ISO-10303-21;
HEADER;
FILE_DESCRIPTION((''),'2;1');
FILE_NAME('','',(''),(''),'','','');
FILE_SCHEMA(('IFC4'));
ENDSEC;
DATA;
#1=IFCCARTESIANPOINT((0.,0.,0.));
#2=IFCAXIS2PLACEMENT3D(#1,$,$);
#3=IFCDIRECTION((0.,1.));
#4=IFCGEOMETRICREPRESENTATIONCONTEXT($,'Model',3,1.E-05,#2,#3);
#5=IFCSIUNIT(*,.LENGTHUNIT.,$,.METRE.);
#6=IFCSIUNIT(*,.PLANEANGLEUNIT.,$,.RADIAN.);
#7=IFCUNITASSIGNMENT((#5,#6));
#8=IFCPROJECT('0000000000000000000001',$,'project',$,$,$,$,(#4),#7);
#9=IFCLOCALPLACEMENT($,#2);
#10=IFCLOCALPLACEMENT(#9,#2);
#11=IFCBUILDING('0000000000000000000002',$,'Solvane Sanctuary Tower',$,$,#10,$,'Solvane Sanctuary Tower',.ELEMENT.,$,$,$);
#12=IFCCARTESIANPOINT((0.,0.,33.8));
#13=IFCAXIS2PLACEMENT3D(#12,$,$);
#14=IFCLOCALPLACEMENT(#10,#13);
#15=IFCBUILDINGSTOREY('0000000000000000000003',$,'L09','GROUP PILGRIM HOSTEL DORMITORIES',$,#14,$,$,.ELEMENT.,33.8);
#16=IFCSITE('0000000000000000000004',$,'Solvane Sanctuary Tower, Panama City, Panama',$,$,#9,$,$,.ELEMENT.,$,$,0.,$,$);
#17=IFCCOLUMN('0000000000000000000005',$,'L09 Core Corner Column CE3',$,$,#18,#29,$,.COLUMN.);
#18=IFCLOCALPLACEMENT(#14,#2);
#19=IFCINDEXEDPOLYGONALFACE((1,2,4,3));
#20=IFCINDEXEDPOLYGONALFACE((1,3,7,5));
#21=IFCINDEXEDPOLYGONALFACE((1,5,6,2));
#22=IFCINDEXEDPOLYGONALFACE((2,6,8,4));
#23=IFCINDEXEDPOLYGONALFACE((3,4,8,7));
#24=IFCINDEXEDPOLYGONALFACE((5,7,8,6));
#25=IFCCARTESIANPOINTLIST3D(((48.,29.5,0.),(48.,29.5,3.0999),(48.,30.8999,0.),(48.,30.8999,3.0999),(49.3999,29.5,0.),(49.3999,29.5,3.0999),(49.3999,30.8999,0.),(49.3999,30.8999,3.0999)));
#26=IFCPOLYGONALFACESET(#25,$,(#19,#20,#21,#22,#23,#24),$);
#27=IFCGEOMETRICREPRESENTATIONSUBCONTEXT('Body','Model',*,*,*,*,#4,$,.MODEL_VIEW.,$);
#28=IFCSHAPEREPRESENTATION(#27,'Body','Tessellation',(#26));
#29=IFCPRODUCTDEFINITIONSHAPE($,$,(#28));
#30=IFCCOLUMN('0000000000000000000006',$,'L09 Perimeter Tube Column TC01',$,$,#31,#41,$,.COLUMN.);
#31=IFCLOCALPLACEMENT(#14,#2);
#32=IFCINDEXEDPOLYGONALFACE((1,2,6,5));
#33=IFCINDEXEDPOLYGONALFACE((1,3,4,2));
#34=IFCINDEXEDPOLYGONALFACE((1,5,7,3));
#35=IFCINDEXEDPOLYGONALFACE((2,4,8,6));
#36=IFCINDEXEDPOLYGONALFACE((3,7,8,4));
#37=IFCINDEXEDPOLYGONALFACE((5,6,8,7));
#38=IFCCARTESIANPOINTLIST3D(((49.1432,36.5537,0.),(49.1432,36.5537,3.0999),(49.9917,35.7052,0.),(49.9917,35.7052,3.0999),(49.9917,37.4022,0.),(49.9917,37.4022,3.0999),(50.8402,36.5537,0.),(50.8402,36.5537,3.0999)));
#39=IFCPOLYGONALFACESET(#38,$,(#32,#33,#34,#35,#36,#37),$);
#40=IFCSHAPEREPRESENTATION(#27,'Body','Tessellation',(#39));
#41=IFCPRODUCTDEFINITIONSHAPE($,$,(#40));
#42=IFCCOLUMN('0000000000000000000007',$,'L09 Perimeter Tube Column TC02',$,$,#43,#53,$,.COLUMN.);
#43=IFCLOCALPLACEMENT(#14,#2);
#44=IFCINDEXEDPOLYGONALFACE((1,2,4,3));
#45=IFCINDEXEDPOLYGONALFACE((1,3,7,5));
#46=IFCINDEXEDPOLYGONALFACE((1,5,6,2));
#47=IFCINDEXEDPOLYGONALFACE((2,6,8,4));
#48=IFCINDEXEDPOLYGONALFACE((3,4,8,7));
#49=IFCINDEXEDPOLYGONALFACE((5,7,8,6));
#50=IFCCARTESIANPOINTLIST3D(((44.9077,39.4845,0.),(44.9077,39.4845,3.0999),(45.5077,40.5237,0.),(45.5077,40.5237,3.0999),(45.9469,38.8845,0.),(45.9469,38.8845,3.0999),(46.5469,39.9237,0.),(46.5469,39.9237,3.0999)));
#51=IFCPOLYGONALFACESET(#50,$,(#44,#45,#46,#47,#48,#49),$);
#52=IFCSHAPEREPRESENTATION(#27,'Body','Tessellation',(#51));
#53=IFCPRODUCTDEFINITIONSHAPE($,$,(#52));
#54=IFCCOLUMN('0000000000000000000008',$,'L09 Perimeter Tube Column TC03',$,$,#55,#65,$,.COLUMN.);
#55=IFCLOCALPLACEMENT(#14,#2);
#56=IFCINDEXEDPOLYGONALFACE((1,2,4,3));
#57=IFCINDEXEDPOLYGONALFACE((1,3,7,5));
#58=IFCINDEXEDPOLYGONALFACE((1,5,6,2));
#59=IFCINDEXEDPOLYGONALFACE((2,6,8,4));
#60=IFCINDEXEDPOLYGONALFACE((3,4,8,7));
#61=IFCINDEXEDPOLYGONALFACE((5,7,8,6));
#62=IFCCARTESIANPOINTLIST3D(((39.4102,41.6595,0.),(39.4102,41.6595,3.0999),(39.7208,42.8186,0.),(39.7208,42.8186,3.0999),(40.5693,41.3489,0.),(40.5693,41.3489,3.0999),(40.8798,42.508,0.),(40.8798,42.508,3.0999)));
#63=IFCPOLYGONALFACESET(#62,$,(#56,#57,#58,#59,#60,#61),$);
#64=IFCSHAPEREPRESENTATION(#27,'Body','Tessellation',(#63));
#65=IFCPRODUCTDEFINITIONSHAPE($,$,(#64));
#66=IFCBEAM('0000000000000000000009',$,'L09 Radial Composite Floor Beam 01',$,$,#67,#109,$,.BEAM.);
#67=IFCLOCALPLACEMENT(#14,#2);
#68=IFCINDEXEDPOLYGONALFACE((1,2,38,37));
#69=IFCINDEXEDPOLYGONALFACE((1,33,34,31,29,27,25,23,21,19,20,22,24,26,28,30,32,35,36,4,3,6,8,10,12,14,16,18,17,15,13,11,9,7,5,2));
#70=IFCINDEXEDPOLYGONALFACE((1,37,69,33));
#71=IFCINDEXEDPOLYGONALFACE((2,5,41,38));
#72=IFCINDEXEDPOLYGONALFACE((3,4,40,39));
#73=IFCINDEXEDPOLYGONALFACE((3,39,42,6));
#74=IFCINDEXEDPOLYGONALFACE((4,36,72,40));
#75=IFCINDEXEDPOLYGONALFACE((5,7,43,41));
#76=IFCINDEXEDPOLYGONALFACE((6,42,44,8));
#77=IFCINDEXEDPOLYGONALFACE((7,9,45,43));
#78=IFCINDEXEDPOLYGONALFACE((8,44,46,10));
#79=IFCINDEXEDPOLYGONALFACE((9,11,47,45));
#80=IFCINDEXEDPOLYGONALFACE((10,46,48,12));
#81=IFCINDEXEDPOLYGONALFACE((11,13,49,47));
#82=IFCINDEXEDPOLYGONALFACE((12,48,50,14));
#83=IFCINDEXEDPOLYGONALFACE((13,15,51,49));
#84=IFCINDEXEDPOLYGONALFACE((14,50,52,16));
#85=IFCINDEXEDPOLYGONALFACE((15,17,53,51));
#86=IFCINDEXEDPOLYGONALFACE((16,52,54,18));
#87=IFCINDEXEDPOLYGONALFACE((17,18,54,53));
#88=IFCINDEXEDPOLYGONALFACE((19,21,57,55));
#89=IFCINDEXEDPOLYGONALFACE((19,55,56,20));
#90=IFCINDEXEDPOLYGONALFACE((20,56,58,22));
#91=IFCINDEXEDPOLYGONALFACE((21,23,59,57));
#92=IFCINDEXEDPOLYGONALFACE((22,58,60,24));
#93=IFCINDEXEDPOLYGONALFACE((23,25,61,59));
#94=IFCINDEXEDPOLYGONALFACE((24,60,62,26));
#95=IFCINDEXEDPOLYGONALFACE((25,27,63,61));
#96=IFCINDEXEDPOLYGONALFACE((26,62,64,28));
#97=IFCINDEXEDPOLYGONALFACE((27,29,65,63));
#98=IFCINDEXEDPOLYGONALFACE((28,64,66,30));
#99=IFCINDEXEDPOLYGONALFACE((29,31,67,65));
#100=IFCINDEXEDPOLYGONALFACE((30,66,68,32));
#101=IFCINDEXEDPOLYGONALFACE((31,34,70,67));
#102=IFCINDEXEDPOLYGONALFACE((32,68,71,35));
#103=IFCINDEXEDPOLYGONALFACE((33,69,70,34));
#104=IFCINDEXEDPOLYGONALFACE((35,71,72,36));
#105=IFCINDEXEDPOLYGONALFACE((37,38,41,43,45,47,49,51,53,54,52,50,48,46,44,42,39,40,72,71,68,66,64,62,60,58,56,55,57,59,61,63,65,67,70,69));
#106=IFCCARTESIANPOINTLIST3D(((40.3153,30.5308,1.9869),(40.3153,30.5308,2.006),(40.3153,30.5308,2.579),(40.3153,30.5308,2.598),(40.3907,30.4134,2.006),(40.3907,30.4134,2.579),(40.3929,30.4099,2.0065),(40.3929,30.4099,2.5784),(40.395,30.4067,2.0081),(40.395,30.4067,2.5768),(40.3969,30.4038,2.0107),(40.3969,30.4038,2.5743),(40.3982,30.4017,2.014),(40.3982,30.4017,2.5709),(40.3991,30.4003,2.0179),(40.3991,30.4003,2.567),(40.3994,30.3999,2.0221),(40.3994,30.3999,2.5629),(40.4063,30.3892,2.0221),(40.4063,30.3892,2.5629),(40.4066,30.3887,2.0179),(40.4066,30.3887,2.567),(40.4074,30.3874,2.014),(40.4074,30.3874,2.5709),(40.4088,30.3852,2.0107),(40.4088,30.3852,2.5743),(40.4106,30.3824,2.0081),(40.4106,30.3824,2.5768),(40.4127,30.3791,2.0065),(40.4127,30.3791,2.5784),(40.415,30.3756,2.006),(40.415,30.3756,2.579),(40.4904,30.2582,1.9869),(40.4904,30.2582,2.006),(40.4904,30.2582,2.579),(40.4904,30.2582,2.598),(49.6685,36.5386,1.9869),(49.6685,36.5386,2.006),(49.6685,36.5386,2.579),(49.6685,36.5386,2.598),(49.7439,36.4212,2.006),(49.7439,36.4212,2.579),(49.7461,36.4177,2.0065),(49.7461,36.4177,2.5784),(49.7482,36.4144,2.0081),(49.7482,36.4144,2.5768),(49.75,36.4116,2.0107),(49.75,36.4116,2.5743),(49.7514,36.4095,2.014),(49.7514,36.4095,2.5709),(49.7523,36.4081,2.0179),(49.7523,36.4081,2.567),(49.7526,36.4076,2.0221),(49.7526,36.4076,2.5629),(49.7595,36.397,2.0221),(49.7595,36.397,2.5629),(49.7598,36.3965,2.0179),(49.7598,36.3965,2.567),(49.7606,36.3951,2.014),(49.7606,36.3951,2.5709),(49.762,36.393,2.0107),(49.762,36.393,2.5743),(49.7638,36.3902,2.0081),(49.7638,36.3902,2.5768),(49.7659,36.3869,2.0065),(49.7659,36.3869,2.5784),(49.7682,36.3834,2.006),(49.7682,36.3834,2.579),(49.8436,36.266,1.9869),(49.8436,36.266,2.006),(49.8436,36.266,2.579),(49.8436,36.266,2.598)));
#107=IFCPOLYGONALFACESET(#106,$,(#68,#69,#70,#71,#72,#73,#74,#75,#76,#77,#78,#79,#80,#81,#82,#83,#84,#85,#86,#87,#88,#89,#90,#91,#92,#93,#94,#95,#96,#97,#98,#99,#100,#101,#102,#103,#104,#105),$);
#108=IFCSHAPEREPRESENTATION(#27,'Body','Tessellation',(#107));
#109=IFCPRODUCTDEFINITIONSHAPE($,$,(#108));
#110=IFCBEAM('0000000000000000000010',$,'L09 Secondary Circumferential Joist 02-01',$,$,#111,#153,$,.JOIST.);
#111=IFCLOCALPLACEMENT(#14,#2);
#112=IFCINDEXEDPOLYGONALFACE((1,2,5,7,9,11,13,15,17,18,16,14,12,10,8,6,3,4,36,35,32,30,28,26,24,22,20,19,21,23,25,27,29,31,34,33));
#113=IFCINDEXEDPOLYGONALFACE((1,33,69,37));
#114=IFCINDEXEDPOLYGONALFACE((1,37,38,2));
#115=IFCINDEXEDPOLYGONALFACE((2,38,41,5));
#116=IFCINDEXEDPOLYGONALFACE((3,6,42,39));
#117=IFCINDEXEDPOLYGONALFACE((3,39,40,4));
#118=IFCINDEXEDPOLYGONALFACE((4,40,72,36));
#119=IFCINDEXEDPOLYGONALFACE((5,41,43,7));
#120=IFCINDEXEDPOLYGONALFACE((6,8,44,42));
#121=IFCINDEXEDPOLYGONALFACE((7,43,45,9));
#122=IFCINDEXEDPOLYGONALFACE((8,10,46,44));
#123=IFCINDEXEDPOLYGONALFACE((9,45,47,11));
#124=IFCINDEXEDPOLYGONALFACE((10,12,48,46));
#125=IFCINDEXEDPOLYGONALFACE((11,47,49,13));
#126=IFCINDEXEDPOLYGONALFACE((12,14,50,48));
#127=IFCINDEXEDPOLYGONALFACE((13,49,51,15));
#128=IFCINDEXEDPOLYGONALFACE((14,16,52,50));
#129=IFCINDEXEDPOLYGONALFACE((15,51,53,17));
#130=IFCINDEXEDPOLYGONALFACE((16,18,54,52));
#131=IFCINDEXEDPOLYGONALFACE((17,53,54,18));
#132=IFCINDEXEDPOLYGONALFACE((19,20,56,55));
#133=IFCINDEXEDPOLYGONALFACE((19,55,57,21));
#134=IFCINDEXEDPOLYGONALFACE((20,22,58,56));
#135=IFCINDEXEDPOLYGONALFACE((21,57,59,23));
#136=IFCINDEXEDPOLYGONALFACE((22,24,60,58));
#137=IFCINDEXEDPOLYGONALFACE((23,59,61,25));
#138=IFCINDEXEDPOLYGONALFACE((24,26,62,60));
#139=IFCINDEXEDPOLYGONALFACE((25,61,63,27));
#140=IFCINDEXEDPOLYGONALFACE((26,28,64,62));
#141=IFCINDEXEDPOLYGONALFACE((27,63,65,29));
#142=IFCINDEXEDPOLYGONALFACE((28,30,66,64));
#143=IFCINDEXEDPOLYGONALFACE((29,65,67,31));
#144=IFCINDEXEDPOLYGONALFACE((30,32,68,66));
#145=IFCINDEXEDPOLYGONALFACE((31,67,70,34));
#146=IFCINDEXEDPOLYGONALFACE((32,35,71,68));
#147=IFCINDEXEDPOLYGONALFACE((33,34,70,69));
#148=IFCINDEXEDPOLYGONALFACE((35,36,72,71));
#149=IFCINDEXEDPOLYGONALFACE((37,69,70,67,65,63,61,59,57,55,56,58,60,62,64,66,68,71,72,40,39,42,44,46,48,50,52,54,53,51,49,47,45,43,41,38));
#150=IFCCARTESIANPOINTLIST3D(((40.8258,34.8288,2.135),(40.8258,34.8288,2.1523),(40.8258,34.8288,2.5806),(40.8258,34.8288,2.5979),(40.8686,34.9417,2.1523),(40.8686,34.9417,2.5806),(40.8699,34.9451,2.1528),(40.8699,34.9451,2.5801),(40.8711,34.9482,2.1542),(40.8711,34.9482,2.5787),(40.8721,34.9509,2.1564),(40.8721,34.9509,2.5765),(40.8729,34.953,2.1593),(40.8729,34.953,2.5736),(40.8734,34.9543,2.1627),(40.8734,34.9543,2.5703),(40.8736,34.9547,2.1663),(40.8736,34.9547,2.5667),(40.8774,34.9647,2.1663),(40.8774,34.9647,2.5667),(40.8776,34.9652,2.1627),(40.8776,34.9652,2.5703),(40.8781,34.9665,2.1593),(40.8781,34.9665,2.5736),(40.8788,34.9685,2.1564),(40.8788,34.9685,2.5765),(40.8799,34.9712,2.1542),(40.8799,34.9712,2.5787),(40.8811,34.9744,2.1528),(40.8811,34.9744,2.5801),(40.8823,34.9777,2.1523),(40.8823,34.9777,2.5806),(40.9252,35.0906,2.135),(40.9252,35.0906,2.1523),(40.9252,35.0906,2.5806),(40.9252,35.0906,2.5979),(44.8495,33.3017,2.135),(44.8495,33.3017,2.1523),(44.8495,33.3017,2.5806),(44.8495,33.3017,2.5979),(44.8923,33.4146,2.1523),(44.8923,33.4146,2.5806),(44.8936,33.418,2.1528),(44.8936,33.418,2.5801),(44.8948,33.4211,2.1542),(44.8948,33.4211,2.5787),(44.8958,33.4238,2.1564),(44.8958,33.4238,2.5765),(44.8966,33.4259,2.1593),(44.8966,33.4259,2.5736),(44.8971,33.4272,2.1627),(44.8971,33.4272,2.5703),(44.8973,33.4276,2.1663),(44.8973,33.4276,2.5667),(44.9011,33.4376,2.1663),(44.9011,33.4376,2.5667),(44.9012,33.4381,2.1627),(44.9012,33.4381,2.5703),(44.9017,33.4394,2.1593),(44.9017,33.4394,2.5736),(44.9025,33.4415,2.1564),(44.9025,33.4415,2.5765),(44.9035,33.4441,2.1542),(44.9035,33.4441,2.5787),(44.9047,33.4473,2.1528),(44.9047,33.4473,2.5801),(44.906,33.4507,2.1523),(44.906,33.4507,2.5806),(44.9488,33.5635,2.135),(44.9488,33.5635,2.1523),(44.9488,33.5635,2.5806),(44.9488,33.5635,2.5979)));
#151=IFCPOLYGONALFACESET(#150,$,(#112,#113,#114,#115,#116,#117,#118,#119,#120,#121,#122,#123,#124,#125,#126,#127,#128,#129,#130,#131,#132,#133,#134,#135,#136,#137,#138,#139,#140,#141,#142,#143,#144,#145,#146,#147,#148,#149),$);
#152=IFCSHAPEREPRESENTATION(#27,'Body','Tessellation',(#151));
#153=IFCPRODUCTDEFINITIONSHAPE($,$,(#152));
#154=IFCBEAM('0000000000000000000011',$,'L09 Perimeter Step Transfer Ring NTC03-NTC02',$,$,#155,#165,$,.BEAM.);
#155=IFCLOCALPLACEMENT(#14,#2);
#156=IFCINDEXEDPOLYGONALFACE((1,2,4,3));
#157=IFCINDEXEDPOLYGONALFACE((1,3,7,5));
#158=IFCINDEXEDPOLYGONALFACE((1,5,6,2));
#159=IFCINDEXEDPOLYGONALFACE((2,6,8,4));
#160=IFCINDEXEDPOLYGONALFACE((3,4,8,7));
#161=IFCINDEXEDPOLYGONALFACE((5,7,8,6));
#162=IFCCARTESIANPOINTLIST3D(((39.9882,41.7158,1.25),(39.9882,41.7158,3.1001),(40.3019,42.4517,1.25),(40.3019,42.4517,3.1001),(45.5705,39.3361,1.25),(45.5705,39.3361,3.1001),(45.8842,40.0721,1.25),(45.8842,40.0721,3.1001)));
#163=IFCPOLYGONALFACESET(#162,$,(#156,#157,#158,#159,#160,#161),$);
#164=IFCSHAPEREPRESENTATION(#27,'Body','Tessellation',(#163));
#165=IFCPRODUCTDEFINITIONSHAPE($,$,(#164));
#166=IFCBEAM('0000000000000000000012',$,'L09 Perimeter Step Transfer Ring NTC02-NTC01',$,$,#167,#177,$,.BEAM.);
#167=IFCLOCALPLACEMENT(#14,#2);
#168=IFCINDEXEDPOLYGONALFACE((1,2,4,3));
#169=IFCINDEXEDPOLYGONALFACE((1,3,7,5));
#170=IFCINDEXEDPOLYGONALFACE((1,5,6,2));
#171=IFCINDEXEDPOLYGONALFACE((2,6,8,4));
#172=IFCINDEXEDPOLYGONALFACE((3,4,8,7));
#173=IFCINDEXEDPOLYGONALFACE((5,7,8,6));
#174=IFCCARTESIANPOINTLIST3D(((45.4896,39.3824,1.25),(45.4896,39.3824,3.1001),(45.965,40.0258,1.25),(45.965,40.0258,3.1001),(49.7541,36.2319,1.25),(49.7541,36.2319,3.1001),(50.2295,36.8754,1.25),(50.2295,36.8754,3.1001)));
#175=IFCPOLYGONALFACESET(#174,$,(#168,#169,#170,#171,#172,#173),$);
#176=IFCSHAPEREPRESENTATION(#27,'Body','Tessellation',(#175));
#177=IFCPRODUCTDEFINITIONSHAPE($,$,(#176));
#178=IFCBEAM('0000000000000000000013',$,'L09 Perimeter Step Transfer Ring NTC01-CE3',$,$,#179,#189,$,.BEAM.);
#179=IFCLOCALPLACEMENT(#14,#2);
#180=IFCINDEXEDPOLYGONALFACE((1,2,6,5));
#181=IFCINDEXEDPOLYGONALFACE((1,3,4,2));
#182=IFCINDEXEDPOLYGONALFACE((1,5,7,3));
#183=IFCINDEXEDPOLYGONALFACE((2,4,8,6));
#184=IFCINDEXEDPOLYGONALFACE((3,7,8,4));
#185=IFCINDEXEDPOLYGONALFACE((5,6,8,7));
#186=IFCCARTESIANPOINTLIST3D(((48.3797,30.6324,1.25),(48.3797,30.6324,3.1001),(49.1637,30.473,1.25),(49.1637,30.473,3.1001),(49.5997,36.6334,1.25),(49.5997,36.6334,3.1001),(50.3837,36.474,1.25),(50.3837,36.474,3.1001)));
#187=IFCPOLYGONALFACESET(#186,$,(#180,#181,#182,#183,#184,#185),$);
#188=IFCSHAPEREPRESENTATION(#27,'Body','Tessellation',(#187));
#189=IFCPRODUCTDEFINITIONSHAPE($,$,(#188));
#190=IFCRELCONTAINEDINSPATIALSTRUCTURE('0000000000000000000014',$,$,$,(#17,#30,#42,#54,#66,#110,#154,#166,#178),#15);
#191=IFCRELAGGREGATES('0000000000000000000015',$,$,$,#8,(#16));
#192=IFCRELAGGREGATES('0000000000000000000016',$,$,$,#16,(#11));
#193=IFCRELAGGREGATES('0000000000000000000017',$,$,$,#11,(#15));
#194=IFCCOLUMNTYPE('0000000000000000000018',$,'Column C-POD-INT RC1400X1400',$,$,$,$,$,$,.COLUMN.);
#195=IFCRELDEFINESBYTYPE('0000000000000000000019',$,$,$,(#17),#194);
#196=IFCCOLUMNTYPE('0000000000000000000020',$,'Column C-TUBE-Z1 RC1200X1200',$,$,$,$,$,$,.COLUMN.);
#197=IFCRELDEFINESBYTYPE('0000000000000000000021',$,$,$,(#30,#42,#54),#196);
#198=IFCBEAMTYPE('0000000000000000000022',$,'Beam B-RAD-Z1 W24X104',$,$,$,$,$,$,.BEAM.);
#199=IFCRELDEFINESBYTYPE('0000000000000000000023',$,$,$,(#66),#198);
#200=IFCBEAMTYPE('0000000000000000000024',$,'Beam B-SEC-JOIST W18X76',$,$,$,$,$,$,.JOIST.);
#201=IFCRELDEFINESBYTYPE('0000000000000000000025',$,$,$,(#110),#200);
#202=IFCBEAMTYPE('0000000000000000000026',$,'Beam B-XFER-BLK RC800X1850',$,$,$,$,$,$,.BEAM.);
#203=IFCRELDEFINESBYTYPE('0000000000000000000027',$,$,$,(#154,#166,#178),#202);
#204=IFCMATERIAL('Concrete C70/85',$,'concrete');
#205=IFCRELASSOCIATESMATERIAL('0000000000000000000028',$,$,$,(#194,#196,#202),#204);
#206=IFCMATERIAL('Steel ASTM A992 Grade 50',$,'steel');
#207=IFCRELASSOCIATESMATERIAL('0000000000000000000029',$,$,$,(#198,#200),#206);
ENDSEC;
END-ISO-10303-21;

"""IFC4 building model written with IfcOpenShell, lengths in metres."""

from ifc_helpers import new_model, si_unit, direction, frame, origin, origin_2d, place, context, subcontext, project, spatial, rectangle, i_section, extrude, material, material_profile, profile_set, type_object, element, save


model = new_model("IFC4")

# Units and contexts
model_context = context("Model", 3, precision=1e-05, world=origin(), true_north=direction((0.0, 1.0)))
body_context = subcontext(model_context, "Body", "Model", "MODEL_VIEW")
ifc_project = project(units=[si_unit("LENGTHUNIT", "METRE"), si_unit("PLANEANGLEUNIT", "RADIAN")], contexts=[model_context])

# Site, building, storey
site_placement = place(None, origin())
site = spatial("IfcSite", under=ifc_project, at=site_placement, Name="Solvane Sanctuary Tower, Panama City, Panama", CompositionType="ELEMENT", RefElevation=0.0)
building_placement = place(site_placement, origin())
building = spatial("IfcBuilding", under=site, at=building_placement, Name="Solvane Sanctuary Tower", LongName="Solvane Sanctuary Tower", CompositionType="ELEMENT")
storey_placement = place(building_placement, frame((0.0, 0.0, 33.8)))
storey = spatial("IfcBuildingStorey", under=building, at=storey_placement, Name="L09", Description="GROUP PILGRIM HOSTEL DORMITORIES", CompositionType="ELEMENT", Elevation=33.8)

# Columns
ifc_material_1 = material(Name="Concrete C70/85", Category="concrete")
ifc_material_profile_1 = material_profile(ifc_material_1, rectangle(XDim=1.3999, YDim=1.3999, at=origin_2d()), Name="RC1400X1400")
ifc_profile_set_1 = profile_set([ifc_material_profile_1], Name="Concrete C70/85")
column_type_1 = type_object("IfcColumnType", Name="Column C-POD-INT RC1400X1400", PredefinedType="COLUMN", material=ifc_profile_set_1)
column_placement = place(storey_placement, frame((48.7, 30.2, 0.0), z_axis=(0.0, 0.0, 1.0), x_axis=(1.0, 0.0, 0.0)))
element("IfcColumn", 1, at=column_placement, inside=storey, type_object=column_type_1, Name="L09 Core Corner Column CE3", PredefinedType="COLUMN", context=body_context, shape_type="SweptSolid", body=[
    extrude(rectangle(XDim=1.3999, YDim=1.3999, at=origin_2d()), origin(), (0.0, 0.0, 1.0), 3.0999),
])
ifc_material_profile_2 = material_profile(ifc_material_1, rectangle(XDim=1.2, YDim=1.2, at=origin_2d()), Name="RC1200X1200")
ifc_profile_set_2 = profile_set([ifc_material_profile_2], Name="Concrete C70/85")
column_type_2 = type_object("IfcColumnType", Name="Column C-TUBE-Z1 RC1200X1200", PredefinedType="COLUMN", material=ifc_profile_set_2)
for number, where, z_axis, x_axis, name in (
    (2, (49.9917, 36.5537, 0.0), (0.0, 0.0, 1.0), (0.707107, 0.707107, 0.0), "L09 Perimeter Tube Column TC01"),
    (3, (45.7273, 39.7041, 0.0), (0.0, 0.0, 1.0), (0.5, 0.866025, 0.0), "L09 Perimeter Tube Column TC02"),
    (4, (40.145, 42.0837, 0.0), (0.0, 0.0, 1.0), (0.258819, 0.965926, 0.0), "L09 Perimeter Tube Column TC03"),
):
    element("IfcColumn", number, at=place(storey_placement, frame(where, z_axis=z_axis, x_axis=x_axis)), inside=storey, type_object=column_type_2, Name=name, PredefinedType="COLUMN", context=body_context, shape_type="SweptSolid", body=[
        extrude(rectangle(XDim=1.2, YDim=1.2, at=origin_2d()), origin(), (0.0, 0.0, 1.0), 3.0999),
    ])

# Beams
ifc_material_2 = material(Name="Steel ASTM A992 Grade 50", Category="steel")
ifc_material_profile_3 = material_profile(ifc_material_2, i_section(OverallWidth=0.324, OverallDepth=0.6111, WebThickness=0.0127, FlangeThickness=0.019, FilletRadius=0.0161, at=origin_2d()), Name="W24X104")
ifc_profile_set_3 = profile_set([ifc_material_profile_3], Name="Steel ASTM A992 Grade 50")
beam_type_1 = type_object("IfcBeamType", Name="Beam B-RAD-Z1 W24X104", PredefinedType="BEAM", material=ifc_profile_set_3)
beam_1_placement = place(storey_placement, frame((40.4028, 30.3945, 2.2925), z_axis=(0.841383, 0.540439, 0.0), x_axis=(-0.540439, 0.841383, 0.0)))
element("IfcBeam", 5, at=beam_1_placement, inside=storey, type_object=beam_type_1, Name="L09 Radial Composite Floor Beam 01", PredefinedType="BEAM", context=body_context, shape_type="SweptSolid", body=[
    extrude(i_section(OverallWidth=0.324, OverallDepth=0.6111, WebThickness=0.0127, FlangeThickness=0.019, FilletRadius=0.0161, at=origin_2d()), origin(), (0.0, 0.0, 1.0), 11.1165),
])
ifc_material_profile_4 = material_profile(ifc_material_2, i_section(OverallWidth=0.28, OverallDepth=0.4629, WebThickness=0.0107, FlangeThickness=0.0173, FilletRadius=0.0139, at=origin_2d()), Name="W18X76")
ifc_profile_set_4 = profile_set([ifc_material_profile_4], Name="Steel ASTM A992 Grade 50")
beam_type_2 = type_object("IfcBeamType", Name="Beam B-SEC-JOIST W18X76", PredefinedType="JOIST", material=ifc_profile_set_4)
beam_2_placement = place(storey_placement, frame((40.8755, 34.9597, 2.3665), z_axis=(0.93493, -0.354832, 0.0), x_axis=(0.354832, 0.93493, 0.0)))
element("IfcBeam", 6, at=beam_2_placement, inside=storey, type_object=beam_type_2, Name="L09 Secondary Circumferential Joist 02-01", PredefinedType="JOIST", context=body_context, shape_type="SweptSolid", body=[
    extrude(i_section(OverallWidth=0.28, OverallDepth=0.4629, WebThickness=0.0107, FlangeThickness=0.0173, FilletRadius=0.0139, at=origin_2d()), origin(), (0.0, 0.0, 1.0), 4.3037),
])
ifc_material_profile_5 = material_profile(ifc_material_1, rectangle(XDim=0.8, YDim=1.8501, at=origin_2d()), Name="RC800X1850")
ifc_profile_set_5 = profile_set([ifc_material_profile_5], Name="Concrete C70/85")
beam_type_3 = type_object("IfcBeamType", Name="Beam B-XFER-BLK RC800X1850", PredefinedType="BEAM", material=ifc_profile_set_5)
beam_3_placement = place(storey_placement, frame((40.145, 42.0837, 2.175), z_axis=(0.919905, -0.392141, 0.0), x_axis=(0.392141, 0.919905, 0.0)))
element("IfcBeam", 7, at=beam_3_placement, inside=storey, type_object=beam_type_3, Name="L09 Perimeter Step Transfer Ring NTC03-NTC02", PredefinedType="BEAM", context=body_context, shape_type="SweptSolid", body=[
    extrude(rectangle(XDim=0.8, YDim=1.8501, at=origin_2d()), origin(), (0.0, 0.0, 1.0), 6.0684),
])
beam_4_placement = place(storey_placement, frame((45.7273, 39.7041, 2.175), z_axis=(0.804317, -0.594201, 0.0), x_axis=(0.594201, 0.804317, 0.0)))
element("IfcBeam", 8, at=beam_4_placement, inside=storey, type_object=beam_type_3, Name="L09 Perimeter Step Transfer Ring NTC02-NTC01", PredefinedType="BEAM", context=body_context, shape_type="SweptSolid", body=[
    extrude(rectangle(XDim=0.8, YDim=1.8501, at=origin_2d()), origin(), (0.0, 0.0, 1.0), 5.302),
])
beam_5_placement = place(storey_placement, frame((49.9917, 36.5537, 2.175), z_axis=(-0.19922, -0.979955, 0.0), x_axis=(0.979955, -0.19922, 0.0)))
element("IfcBeam", 9, at=beam_5_placement, inside=storey, type_object=beam_type_3, Name="L09 Perimeter Step Transfer Ring NTC01-CE3", PredefinedType="BEAM", context=body_context, shape_type="SweptSolid", body=[
    extrude(rectangle(XDim=0.8, YDim=1.8501, at=origin_2d()), origin(), (0.0, 0.0, 1.0), 6.1238),
])

save(model, "model.ifc")
